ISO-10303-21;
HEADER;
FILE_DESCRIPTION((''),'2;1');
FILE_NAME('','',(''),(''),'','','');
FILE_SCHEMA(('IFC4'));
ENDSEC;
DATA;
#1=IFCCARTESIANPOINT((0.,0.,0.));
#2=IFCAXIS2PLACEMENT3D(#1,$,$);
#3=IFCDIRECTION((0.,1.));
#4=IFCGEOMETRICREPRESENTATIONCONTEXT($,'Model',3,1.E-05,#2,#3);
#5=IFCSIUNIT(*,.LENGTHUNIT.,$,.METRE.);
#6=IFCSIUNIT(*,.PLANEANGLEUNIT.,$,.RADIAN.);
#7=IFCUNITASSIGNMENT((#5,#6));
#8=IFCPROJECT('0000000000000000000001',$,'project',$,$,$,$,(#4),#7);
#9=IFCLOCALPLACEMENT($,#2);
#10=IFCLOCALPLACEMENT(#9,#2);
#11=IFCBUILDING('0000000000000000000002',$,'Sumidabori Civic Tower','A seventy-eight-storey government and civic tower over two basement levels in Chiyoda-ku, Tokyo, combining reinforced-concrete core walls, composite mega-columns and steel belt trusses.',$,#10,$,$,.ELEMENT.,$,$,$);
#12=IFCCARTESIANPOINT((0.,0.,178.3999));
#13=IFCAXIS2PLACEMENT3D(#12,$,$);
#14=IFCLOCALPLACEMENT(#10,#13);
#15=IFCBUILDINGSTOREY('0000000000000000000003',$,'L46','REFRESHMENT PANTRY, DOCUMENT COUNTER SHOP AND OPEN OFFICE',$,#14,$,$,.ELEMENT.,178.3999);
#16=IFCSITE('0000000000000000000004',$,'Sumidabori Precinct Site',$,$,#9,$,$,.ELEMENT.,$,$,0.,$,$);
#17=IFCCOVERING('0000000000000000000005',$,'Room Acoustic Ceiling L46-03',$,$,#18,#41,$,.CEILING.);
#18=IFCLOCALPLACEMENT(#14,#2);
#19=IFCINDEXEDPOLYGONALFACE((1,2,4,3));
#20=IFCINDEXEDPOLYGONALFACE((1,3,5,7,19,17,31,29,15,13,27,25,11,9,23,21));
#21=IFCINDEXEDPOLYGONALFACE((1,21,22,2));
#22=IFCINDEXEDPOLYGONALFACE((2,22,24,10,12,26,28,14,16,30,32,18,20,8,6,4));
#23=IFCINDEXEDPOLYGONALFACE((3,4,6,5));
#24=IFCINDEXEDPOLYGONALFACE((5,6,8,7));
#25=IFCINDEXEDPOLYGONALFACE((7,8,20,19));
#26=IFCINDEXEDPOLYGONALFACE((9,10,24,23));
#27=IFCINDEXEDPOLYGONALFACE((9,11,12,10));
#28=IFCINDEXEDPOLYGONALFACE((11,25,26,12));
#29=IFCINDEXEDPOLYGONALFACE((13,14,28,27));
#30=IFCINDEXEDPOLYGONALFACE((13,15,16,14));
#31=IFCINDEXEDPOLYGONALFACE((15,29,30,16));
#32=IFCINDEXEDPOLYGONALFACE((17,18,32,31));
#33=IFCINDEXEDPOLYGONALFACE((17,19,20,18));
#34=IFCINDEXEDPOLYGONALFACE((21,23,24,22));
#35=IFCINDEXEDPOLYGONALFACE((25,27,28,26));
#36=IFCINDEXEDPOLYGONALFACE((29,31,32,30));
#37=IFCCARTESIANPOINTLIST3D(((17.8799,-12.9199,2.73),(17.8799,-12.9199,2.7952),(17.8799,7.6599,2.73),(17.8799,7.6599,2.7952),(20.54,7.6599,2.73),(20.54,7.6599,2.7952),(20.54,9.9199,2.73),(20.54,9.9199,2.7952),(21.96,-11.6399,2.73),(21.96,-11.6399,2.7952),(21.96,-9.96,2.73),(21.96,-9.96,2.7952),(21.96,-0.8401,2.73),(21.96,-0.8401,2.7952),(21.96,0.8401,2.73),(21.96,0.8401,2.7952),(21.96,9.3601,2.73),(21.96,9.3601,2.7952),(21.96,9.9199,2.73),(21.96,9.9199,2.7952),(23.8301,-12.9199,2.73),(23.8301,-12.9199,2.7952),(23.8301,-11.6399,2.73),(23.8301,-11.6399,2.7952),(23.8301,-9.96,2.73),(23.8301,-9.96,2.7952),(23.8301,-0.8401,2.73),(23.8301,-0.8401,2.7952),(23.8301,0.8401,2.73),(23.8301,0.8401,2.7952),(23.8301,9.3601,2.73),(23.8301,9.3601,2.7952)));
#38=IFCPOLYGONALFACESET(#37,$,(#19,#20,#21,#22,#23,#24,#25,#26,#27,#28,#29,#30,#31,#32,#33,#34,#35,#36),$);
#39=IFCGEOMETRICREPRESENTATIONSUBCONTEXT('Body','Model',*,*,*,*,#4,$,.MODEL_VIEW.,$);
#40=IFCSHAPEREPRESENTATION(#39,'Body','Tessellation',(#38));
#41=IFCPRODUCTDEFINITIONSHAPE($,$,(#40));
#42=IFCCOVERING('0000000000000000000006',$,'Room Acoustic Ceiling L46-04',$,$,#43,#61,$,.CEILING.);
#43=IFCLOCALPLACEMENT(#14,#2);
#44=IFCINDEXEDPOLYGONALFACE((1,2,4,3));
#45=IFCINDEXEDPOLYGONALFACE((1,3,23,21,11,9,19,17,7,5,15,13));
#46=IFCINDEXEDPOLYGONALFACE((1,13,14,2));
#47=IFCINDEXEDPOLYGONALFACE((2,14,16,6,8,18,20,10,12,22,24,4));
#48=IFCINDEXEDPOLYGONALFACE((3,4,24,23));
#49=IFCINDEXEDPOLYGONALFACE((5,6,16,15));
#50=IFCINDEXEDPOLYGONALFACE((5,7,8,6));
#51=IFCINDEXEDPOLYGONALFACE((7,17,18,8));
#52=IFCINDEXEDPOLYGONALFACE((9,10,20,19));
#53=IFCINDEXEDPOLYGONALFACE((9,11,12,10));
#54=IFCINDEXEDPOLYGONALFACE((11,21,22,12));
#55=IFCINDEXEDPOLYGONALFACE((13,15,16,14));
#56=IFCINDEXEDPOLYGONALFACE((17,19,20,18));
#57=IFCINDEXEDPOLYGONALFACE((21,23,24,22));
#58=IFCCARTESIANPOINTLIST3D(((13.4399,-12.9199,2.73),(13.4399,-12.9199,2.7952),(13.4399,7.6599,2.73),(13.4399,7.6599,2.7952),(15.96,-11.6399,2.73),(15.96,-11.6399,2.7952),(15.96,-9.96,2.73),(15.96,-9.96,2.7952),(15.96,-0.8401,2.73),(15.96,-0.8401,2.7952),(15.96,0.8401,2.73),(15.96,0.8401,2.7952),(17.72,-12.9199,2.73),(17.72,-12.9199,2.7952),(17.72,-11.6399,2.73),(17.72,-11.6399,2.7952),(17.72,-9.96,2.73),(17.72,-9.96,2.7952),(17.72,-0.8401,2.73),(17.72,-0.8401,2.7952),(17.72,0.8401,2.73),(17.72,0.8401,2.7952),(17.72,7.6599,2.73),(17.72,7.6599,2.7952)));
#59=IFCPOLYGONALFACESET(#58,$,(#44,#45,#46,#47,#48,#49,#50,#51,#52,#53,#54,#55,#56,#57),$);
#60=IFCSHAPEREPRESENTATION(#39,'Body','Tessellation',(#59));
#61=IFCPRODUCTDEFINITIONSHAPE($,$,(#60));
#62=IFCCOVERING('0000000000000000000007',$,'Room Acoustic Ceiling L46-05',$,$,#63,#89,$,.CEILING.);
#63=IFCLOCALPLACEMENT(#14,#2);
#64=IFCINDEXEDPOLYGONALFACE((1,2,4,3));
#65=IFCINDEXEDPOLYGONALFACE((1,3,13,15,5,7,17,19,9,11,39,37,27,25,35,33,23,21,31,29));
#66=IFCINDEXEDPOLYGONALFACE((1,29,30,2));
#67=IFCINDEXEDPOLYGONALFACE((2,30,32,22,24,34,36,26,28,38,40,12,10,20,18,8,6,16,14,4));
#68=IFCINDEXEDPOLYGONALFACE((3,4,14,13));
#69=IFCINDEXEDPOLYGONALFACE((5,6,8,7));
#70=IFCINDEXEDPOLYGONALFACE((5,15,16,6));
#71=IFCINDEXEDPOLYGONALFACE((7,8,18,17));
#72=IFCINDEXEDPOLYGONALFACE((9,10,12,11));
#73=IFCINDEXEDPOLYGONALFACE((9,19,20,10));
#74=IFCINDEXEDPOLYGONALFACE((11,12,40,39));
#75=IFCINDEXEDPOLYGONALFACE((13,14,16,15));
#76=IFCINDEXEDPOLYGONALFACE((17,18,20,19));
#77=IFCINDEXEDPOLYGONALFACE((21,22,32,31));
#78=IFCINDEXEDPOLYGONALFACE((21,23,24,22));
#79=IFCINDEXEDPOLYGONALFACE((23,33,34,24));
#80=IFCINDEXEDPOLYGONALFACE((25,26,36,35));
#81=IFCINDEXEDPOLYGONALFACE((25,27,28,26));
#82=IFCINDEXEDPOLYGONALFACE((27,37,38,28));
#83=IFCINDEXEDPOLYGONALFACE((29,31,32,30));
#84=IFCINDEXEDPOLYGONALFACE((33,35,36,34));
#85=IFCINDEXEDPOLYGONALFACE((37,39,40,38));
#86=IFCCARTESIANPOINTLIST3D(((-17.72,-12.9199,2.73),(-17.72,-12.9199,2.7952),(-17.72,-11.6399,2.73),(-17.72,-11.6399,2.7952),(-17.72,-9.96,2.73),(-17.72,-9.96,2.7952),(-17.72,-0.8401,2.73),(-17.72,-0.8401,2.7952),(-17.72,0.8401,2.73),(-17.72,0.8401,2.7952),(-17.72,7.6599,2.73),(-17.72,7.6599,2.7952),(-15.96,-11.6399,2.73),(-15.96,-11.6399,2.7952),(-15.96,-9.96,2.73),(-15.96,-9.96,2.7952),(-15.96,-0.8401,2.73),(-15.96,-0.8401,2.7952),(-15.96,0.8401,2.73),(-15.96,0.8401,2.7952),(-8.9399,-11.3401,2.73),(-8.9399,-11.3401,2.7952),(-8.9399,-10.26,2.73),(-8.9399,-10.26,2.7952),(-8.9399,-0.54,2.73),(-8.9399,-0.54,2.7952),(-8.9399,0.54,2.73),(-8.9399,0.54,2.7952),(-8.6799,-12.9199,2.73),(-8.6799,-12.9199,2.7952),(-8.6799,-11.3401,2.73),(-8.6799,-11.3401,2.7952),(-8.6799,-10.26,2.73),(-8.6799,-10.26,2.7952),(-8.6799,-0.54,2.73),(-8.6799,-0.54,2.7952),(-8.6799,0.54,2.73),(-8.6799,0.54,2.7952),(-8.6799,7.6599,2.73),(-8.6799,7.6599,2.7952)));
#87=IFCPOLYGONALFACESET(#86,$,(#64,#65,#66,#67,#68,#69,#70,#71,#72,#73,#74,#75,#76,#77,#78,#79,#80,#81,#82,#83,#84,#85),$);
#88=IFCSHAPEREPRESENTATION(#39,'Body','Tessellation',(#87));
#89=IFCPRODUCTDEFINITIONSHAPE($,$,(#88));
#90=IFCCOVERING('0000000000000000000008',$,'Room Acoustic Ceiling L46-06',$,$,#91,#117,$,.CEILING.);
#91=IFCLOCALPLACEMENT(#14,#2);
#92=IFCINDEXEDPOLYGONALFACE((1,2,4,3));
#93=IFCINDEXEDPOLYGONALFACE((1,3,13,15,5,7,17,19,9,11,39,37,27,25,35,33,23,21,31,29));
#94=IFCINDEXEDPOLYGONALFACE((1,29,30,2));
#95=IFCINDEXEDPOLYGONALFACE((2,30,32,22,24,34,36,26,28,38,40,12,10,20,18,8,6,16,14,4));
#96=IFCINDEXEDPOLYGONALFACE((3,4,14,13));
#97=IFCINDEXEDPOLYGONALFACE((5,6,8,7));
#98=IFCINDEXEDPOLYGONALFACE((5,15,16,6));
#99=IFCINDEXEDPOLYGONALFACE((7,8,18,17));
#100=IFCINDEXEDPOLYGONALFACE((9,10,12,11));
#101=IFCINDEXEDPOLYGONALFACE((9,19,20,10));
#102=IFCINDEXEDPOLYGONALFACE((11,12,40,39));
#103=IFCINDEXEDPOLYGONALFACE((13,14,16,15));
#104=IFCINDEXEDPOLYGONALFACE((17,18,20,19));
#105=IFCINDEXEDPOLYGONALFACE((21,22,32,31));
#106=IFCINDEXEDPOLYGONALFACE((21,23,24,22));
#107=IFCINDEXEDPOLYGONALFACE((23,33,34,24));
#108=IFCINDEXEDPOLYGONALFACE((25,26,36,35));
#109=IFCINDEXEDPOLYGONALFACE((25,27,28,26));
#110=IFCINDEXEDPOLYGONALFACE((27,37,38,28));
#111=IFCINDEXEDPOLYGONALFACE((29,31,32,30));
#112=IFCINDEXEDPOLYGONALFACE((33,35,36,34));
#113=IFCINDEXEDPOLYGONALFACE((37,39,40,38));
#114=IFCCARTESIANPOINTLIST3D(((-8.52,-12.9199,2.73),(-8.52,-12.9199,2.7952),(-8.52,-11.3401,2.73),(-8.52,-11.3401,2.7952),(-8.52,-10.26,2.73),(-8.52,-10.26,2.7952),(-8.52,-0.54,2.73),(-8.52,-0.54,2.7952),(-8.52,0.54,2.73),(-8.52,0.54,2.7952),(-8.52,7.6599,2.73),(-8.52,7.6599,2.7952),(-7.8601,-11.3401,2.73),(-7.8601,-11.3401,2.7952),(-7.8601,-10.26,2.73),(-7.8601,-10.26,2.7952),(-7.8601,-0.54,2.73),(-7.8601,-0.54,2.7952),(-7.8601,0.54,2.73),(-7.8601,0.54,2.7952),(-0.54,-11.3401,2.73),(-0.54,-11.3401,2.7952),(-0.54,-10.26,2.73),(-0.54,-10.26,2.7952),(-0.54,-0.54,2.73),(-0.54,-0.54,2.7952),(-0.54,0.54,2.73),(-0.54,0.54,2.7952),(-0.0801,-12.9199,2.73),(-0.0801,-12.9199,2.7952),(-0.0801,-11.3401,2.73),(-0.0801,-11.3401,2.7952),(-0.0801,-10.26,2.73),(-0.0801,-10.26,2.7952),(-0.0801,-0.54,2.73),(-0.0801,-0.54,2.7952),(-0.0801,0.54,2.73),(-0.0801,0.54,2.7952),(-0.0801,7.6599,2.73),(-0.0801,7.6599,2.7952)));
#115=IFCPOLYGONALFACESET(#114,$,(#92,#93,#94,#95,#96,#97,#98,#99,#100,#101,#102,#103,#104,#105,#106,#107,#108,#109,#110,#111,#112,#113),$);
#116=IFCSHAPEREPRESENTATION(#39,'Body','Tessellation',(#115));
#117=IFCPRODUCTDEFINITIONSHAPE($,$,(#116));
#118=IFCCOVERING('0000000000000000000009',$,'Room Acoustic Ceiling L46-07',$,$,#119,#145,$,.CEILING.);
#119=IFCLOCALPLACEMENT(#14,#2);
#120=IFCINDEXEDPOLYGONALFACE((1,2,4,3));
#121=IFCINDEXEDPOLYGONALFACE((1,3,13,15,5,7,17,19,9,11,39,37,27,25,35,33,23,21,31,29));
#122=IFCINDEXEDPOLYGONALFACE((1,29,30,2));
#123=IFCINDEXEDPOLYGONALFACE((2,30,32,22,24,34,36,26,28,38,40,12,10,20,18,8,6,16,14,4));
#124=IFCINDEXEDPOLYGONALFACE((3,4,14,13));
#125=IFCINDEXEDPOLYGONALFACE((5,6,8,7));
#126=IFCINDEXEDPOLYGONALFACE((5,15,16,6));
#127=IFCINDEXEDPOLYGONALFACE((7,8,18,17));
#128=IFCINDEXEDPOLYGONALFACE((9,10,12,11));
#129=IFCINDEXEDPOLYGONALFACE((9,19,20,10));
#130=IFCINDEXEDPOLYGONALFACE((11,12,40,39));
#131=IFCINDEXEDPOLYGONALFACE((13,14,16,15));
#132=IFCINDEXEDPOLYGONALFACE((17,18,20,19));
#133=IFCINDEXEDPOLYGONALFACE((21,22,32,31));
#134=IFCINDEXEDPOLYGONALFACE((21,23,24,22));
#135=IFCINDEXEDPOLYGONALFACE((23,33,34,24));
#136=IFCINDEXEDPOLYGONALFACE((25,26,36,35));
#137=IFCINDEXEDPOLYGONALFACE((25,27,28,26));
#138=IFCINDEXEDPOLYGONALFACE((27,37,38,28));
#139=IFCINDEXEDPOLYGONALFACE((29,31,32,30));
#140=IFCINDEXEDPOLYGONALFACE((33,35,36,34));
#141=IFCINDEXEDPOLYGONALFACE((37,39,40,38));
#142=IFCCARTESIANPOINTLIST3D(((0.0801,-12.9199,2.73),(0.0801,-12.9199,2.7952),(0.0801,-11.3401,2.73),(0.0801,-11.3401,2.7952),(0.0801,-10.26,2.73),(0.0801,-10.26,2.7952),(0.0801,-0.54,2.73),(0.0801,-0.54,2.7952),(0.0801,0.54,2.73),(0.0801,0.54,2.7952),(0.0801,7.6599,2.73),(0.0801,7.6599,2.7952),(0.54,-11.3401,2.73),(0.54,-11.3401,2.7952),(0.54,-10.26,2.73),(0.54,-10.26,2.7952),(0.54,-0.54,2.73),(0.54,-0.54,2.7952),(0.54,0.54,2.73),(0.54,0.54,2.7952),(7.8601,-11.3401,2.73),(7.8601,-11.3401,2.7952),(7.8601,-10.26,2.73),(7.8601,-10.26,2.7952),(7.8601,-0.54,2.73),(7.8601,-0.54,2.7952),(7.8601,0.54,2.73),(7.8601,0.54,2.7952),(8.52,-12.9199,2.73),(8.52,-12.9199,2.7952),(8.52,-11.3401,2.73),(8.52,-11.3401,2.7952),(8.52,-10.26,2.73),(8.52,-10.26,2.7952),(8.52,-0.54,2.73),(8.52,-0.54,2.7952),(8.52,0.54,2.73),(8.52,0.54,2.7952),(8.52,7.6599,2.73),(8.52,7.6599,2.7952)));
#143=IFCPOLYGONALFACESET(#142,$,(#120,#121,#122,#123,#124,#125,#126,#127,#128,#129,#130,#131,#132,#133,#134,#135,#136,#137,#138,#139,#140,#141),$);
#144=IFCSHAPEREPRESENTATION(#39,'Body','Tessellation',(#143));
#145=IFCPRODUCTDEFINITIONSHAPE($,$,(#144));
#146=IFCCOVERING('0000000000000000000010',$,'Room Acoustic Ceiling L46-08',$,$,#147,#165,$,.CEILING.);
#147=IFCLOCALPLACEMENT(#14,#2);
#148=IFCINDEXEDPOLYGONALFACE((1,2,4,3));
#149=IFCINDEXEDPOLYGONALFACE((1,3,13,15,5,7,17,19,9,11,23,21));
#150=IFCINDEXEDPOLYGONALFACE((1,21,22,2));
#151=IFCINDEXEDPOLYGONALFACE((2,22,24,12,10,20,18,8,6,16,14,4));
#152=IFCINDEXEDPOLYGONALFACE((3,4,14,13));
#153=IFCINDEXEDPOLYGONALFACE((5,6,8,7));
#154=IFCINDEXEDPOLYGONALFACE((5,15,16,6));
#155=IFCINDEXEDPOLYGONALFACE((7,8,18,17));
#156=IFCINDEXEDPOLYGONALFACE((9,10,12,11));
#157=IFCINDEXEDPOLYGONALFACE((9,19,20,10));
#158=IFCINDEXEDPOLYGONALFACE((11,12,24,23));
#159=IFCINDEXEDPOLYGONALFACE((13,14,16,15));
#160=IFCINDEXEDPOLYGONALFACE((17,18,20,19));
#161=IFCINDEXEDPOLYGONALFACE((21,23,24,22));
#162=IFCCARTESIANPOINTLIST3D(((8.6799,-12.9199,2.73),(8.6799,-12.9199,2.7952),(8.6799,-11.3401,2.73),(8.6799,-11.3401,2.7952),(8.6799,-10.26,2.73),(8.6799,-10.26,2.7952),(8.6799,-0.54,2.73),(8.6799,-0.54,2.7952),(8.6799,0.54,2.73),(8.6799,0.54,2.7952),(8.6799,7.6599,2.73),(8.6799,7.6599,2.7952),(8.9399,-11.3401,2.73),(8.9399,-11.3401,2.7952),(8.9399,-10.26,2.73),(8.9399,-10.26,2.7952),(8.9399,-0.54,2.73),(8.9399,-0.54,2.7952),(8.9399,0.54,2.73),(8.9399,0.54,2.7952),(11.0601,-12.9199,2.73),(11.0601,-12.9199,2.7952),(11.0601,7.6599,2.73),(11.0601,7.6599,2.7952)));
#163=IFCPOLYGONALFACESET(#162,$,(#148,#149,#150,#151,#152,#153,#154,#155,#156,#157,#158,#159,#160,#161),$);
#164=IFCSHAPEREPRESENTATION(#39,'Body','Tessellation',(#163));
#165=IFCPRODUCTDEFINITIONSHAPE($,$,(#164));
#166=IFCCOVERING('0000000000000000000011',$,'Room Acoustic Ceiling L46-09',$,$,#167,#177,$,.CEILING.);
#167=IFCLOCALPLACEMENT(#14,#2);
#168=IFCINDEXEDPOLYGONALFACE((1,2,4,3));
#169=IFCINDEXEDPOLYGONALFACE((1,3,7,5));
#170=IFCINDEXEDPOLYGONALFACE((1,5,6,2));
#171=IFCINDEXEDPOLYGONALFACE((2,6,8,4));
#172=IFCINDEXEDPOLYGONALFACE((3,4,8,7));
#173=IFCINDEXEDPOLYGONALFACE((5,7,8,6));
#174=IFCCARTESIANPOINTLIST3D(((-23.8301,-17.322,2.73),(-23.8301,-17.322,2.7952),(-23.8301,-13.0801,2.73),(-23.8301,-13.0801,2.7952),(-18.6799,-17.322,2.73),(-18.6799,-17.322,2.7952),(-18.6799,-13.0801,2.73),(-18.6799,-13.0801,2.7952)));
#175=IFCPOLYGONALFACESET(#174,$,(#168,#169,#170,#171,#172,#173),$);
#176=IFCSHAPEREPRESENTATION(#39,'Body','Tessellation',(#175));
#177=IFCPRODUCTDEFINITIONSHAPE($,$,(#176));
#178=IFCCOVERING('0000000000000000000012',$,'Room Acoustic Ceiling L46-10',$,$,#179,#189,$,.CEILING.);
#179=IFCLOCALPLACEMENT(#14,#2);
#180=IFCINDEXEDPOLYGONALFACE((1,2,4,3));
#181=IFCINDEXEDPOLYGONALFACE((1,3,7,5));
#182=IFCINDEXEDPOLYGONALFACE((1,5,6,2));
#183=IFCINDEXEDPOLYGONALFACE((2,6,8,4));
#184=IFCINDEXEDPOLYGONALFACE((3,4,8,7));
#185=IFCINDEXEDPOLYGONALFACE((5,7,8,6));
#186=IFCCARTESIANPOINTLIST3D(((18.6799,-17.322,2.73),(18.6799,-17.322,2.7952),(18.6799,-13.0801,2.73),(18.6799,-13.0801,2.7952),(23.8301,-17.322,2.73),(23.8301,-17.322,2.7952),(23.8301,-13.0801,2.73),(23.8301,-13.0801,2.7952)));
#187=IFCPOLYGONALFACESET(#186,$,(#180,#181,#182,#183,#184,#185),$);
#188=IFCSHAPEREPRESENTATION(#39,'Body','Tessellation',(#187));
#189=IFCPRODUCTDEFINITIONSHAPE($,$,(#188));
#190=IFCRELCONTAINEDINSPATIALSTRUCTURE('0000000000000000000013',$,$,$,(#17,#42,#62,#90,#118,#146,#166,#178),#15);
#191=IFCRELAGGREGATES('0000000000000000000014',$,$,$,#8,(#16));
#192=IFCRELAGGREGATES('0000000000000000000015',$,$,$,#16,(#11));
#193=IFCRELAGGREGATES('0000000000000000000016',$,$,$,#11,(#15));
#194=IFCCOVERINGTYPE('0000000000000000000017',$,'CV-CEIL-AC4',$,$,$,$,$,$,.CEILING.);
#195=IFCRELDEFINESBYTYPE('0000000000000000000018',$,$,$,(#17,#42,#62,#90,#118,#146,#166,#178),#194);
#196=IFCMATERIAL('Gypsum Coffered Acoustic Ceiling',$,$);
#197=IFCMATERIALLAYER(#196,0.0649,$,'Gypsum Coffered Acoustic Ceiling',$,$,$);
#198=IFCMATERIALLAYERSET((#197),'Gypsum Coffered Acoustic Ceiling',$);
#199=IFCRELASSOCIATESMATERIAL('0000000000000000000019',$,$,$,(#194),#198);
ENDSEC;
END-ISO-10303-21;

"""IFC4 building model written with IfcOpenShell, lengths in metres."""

from ifc_helpers import new_model, si_unit, direction, frame, origin, place, context, subcontext, project, spatial, polyline, outline, extrude, material, layer, layer_set, type_object, element, save


model = new_model("IFC4")

# Units and contexts
model_context = context("Model", 3, precision=1e-05, world=origin(), true_north=direction((0.0, 1.0)))
body_context = subcontext(model_context, "Body", "Model", "MODEL_VIEW")
ifc_project = project(units=[si_unit("LENGTHUNIT", "METRE"), si_unit("PLANEANGLEUNIT", "RADIAN")], contexts=[model_context])

# Site, building, storey
site_placement = place(None, origin())
site = spatial("IfcSite", under=ifc_project, at=site_placement, Name="Sumidabori Precinct Site", CompositionType="ELEMENT", RefElevation=0.0)
building_placement = place(site_placement, origin())
building = spatial("IfcBuilding", under=site, at=building_placement, Name="Sumidabori Civic Tower", Description="A seventy-eight-storey government and civic tower over two basement levels in Chiyoda-ku, Tokyo, combining reinforced-concrete core walls, composite mega-columns and steel belt trusses.", CompositionType="ELEMENT")
storey_placement = place(building_placement, frame((0.0, 0.0, 178.3999)))
storey = spatial("IfcBuildingStorey", under=building, at=storey_placement, Name="L46", Description="REFRESHMENT PANTRY, DOCUMENT COUNTER SHOP AND OPEN OFFICE", CompositionType="ELEMENT", Elevation=178.3999)

# Coverings
ifc_material_1 = material(Name="Gypsum Coffered Acoustic Ceiling")
ifc_layer_1 = layer(ifc_material_1, 0.0649, Name="Gypsum Coffered Acoustic Ceiling")
ifc_layer_set_1 = layer_set([ifc_layer_1], Name="Gypsum Coffered Acoustic Ceiling")
covering_type_1 = type_object("IfcCoveringType", Name="CV-CEIL-AC4", PredefinedType="CEILING", material=ifc_layer_set_1)
covering_1_placement = place(storey_placement, frame((0.0, 0.0, 2.73)))
element("IfcCovering", 1, at=covering_1_placement, inside=storey, type_object=covering_type_1, Name="Room Acoustic Ceiling L46-03", PredefinedType="CEILING", context=body_context, shape_type="SweptSolid", body=[
    extrude(outline(polyline([(23.8301, 0.8401), (21.96, 0.8401), (21.96, -0.8401), (23.8301, -0.8401), (23.8301, -9.96), (21.96, -9.96), (21.96, -11.6399), (23.8301, -11.6399), (23.8301, -12.9199), (17.8799, -12.9199), (17.8799, 7.6599), (20.54, 7.6599), (20.54, 9.9199), (21.96, 9.9199), (21.96, 9.3601), (23.8301, 9.3601), (23.8301, 0.8401)])), origin(), (0.0, 0.0, 1.0), 0.0652),
])
covering_2_placement = place(storey_placement, frame((0.0, 0.0, 2.73)))
element("IfcCovering", 2, at=covering_2_placement, inside=storey, type_object=covering_type_1, Name="Room Acoustic Ceiling L46-04", PredefinedType="CEILING", context=body_context, shape_type="SweptSolid", body=[
    extrude(outline(polyline([(13.4399, -12.9199), (13.4399, 7.6599), (17.72, 7.6599), (17.72, 0.8401), (15.96, 0.8401), (15.96, -0.8401), (17.72, -0.8401), (17.72, -9.96), (15.96, -9.96), (15.96, -11.6399), (17.72, -11.6399), (17.72, -12.9199), (13.4399, -12.9199)])), origin(), (0.0, 0.0, 1.0), 0.0652),
])
covering_3_placement = place(storey_placement, frame((0.0, 0.0, 2.73)))
element("IfcCovering", 3, at=covering_3_placement, inside=storey, type_object=covering_type_1, Name="Room Acoustic Ceiling L46-05", PredefinedType="CEILING", context=body_context, shape_type="SweptSolid", body=[
    extrude(outline(polyline([(-17.72, -11.6399), (-15.96, -11.6399), (-15.96, -9.96), (-17.72, -9.96), (-17.72, -0.8401), (-15.96, -0.8401), (-15.96, 0.8401), (-17.72, 0.8401), (-17.72, 7.6599), (-8.6799, 7.6599), (-8.6799, 0.54), (-8.9399, 0.54), (-8.9399, -0.54), (-8.6799, -0.54), (-8.6799, -10.26), (-8.9399, -10.26), (-8.9399, -11.3401), (-8.6799, -11.3401), (-8.6799, -12.9199), (-17.72, -12.9199), (-17.72, -11.6399)])), origin(), (0.0, 0.0, 1.0), 0.0652),
])
covering_4_placement = place(storey_placement, frame((0.0, 0.0, 2.73)))
element("IfcCovering", 4, at=covering_4_placement, inside=storey, type_object=covering_type_1, Name="Room Acoustic Ceiling L46-06", PredefinedType="CEILING", context=body_context, shape_type="SweptSolid", body=[
    extrude(outline(polyline([(-8.52, -12.9199), (-8.52, -11.3401), (-7.8601, -11.3401), (-7.8601, -10.26), (-8.52, -10.26), (-8.52, -0.54), (-7.8601, -0.54), (-7.8601, 0.54), (-8.52, 0.54), (-8.52, 7.6599), (-0.0801, 7.6599), (-0.0801, 0.54), (-0.54, 0.54), (-0.54, -0.54), (-0.0801, -0.54), (-0.0801, -10.26), (-0.54, -10.26), (-0.54, -11.3401), (-0.0801, -11.3401), (-0.0801, -12.9199), (-8.52, -12.9199)])), origin(), (0.0, 0.0, 1.0), 0.0652),
])
covering_5_placement = place(storey_placement, frame((0.0, 0.0, 2.73)))
element("IfcCovering", 5, at=covering_5_placement, inside=storey, type_object=covering_type_1, Name="Room Acoustic Ceiling L46-07", PredefinedType="CEILING", context=body_context, shape_type="SweptSolid", body=[
    extrude(outline(polyline([(0.0801, -12.9199), (0.0801, -11.3401), (0.54, -11.3401), (0.54, -10.26), (0.0801, -10.26), (0.0801, -0.54), (0.54, -0.54), (0.54, 0.54), (0.0801, 0.54), (0.0801, 7.6599), (8.52, 7.6599), (8.52, 0.54), (7.8601, 0.54), (7.8601, -0.54), (8.52, -0.54), (8.52, -10.26), (7.8601, -10.26), (7.8601, -11.3401), (8.52, -11.3401), (8.52, -12.9199), (0.0801, -12.9199)])), origin(), (0.0, 0.0, 1.0), 0.0652),
])
covering_6_placement = place(storey_placement, frame((0.0, 0.0, 2.73)))
element("IfcCovering", 6, at=covering_6_placement, inside=storey, type_object=covering_type_1, Name="Room Acoustic Ceiling L46-08", PredefinedType="CEILING", context=body_context, shape_type="SweptSolid", body=[
    extrude(outline(polyline([(8.6799, -12.9199), (8.6799, -11.3401), (8.9399, -11.3401), (8.9399, -10.26), (8.6799, -10.26), (8.6799, -0.54), (8.9399, -0.54), (8.9399, 0.54), (8.6799, 0.54), (8.6799, 7.6599), (11.0601, 7.6599), (11.0601, -12.9199), (8.6799, -12.9199)])), origin(), (0.0, 0.0, 1.0), 0.0652),
])
covering_7_placement = place(storey_placement, frame((0.0, 0.0, 2.73)))
element("IfcCovering", 7, at=covering_7_placement, inside=storey, type_object=covering_type_1, Name="Room Acoustic Ceiling L46-09", PredefinedType="CEILING", context=body_context, shape_type="SweptSolid", body=[
    extrude(outline(polyline([(-23.8301, -17.322), (-23.8301, -13.0801), (-18.6799, -13.0801), (-18.6799, -17.322), (-23.8301, -17.322)])), origin(), (0.0, 0.0, 1.0), 0.0652),
])
covering_8_placement = place(storey_placement, frame((0.0, 0.0, 2.73)))
element("IfcCovering", 8, at=covering_8_placement, inside=storey, type_object=covering_type_1, Name="Room Acoustic Ceiling L46-10", PredefinedType="CEILING", context=body_context, shape_type="SweptSolid", body=[
    extrude(outline(polyline([(23.8301, -13.0801), (23.8301, -17.322), (18.6799, -17.322), (18.6799, -13.0801), (23.8301, -13.0801)])), origin(), (0.0, 0.0, 1.0), 0.0652),
])

save(model, "model.ifc")
